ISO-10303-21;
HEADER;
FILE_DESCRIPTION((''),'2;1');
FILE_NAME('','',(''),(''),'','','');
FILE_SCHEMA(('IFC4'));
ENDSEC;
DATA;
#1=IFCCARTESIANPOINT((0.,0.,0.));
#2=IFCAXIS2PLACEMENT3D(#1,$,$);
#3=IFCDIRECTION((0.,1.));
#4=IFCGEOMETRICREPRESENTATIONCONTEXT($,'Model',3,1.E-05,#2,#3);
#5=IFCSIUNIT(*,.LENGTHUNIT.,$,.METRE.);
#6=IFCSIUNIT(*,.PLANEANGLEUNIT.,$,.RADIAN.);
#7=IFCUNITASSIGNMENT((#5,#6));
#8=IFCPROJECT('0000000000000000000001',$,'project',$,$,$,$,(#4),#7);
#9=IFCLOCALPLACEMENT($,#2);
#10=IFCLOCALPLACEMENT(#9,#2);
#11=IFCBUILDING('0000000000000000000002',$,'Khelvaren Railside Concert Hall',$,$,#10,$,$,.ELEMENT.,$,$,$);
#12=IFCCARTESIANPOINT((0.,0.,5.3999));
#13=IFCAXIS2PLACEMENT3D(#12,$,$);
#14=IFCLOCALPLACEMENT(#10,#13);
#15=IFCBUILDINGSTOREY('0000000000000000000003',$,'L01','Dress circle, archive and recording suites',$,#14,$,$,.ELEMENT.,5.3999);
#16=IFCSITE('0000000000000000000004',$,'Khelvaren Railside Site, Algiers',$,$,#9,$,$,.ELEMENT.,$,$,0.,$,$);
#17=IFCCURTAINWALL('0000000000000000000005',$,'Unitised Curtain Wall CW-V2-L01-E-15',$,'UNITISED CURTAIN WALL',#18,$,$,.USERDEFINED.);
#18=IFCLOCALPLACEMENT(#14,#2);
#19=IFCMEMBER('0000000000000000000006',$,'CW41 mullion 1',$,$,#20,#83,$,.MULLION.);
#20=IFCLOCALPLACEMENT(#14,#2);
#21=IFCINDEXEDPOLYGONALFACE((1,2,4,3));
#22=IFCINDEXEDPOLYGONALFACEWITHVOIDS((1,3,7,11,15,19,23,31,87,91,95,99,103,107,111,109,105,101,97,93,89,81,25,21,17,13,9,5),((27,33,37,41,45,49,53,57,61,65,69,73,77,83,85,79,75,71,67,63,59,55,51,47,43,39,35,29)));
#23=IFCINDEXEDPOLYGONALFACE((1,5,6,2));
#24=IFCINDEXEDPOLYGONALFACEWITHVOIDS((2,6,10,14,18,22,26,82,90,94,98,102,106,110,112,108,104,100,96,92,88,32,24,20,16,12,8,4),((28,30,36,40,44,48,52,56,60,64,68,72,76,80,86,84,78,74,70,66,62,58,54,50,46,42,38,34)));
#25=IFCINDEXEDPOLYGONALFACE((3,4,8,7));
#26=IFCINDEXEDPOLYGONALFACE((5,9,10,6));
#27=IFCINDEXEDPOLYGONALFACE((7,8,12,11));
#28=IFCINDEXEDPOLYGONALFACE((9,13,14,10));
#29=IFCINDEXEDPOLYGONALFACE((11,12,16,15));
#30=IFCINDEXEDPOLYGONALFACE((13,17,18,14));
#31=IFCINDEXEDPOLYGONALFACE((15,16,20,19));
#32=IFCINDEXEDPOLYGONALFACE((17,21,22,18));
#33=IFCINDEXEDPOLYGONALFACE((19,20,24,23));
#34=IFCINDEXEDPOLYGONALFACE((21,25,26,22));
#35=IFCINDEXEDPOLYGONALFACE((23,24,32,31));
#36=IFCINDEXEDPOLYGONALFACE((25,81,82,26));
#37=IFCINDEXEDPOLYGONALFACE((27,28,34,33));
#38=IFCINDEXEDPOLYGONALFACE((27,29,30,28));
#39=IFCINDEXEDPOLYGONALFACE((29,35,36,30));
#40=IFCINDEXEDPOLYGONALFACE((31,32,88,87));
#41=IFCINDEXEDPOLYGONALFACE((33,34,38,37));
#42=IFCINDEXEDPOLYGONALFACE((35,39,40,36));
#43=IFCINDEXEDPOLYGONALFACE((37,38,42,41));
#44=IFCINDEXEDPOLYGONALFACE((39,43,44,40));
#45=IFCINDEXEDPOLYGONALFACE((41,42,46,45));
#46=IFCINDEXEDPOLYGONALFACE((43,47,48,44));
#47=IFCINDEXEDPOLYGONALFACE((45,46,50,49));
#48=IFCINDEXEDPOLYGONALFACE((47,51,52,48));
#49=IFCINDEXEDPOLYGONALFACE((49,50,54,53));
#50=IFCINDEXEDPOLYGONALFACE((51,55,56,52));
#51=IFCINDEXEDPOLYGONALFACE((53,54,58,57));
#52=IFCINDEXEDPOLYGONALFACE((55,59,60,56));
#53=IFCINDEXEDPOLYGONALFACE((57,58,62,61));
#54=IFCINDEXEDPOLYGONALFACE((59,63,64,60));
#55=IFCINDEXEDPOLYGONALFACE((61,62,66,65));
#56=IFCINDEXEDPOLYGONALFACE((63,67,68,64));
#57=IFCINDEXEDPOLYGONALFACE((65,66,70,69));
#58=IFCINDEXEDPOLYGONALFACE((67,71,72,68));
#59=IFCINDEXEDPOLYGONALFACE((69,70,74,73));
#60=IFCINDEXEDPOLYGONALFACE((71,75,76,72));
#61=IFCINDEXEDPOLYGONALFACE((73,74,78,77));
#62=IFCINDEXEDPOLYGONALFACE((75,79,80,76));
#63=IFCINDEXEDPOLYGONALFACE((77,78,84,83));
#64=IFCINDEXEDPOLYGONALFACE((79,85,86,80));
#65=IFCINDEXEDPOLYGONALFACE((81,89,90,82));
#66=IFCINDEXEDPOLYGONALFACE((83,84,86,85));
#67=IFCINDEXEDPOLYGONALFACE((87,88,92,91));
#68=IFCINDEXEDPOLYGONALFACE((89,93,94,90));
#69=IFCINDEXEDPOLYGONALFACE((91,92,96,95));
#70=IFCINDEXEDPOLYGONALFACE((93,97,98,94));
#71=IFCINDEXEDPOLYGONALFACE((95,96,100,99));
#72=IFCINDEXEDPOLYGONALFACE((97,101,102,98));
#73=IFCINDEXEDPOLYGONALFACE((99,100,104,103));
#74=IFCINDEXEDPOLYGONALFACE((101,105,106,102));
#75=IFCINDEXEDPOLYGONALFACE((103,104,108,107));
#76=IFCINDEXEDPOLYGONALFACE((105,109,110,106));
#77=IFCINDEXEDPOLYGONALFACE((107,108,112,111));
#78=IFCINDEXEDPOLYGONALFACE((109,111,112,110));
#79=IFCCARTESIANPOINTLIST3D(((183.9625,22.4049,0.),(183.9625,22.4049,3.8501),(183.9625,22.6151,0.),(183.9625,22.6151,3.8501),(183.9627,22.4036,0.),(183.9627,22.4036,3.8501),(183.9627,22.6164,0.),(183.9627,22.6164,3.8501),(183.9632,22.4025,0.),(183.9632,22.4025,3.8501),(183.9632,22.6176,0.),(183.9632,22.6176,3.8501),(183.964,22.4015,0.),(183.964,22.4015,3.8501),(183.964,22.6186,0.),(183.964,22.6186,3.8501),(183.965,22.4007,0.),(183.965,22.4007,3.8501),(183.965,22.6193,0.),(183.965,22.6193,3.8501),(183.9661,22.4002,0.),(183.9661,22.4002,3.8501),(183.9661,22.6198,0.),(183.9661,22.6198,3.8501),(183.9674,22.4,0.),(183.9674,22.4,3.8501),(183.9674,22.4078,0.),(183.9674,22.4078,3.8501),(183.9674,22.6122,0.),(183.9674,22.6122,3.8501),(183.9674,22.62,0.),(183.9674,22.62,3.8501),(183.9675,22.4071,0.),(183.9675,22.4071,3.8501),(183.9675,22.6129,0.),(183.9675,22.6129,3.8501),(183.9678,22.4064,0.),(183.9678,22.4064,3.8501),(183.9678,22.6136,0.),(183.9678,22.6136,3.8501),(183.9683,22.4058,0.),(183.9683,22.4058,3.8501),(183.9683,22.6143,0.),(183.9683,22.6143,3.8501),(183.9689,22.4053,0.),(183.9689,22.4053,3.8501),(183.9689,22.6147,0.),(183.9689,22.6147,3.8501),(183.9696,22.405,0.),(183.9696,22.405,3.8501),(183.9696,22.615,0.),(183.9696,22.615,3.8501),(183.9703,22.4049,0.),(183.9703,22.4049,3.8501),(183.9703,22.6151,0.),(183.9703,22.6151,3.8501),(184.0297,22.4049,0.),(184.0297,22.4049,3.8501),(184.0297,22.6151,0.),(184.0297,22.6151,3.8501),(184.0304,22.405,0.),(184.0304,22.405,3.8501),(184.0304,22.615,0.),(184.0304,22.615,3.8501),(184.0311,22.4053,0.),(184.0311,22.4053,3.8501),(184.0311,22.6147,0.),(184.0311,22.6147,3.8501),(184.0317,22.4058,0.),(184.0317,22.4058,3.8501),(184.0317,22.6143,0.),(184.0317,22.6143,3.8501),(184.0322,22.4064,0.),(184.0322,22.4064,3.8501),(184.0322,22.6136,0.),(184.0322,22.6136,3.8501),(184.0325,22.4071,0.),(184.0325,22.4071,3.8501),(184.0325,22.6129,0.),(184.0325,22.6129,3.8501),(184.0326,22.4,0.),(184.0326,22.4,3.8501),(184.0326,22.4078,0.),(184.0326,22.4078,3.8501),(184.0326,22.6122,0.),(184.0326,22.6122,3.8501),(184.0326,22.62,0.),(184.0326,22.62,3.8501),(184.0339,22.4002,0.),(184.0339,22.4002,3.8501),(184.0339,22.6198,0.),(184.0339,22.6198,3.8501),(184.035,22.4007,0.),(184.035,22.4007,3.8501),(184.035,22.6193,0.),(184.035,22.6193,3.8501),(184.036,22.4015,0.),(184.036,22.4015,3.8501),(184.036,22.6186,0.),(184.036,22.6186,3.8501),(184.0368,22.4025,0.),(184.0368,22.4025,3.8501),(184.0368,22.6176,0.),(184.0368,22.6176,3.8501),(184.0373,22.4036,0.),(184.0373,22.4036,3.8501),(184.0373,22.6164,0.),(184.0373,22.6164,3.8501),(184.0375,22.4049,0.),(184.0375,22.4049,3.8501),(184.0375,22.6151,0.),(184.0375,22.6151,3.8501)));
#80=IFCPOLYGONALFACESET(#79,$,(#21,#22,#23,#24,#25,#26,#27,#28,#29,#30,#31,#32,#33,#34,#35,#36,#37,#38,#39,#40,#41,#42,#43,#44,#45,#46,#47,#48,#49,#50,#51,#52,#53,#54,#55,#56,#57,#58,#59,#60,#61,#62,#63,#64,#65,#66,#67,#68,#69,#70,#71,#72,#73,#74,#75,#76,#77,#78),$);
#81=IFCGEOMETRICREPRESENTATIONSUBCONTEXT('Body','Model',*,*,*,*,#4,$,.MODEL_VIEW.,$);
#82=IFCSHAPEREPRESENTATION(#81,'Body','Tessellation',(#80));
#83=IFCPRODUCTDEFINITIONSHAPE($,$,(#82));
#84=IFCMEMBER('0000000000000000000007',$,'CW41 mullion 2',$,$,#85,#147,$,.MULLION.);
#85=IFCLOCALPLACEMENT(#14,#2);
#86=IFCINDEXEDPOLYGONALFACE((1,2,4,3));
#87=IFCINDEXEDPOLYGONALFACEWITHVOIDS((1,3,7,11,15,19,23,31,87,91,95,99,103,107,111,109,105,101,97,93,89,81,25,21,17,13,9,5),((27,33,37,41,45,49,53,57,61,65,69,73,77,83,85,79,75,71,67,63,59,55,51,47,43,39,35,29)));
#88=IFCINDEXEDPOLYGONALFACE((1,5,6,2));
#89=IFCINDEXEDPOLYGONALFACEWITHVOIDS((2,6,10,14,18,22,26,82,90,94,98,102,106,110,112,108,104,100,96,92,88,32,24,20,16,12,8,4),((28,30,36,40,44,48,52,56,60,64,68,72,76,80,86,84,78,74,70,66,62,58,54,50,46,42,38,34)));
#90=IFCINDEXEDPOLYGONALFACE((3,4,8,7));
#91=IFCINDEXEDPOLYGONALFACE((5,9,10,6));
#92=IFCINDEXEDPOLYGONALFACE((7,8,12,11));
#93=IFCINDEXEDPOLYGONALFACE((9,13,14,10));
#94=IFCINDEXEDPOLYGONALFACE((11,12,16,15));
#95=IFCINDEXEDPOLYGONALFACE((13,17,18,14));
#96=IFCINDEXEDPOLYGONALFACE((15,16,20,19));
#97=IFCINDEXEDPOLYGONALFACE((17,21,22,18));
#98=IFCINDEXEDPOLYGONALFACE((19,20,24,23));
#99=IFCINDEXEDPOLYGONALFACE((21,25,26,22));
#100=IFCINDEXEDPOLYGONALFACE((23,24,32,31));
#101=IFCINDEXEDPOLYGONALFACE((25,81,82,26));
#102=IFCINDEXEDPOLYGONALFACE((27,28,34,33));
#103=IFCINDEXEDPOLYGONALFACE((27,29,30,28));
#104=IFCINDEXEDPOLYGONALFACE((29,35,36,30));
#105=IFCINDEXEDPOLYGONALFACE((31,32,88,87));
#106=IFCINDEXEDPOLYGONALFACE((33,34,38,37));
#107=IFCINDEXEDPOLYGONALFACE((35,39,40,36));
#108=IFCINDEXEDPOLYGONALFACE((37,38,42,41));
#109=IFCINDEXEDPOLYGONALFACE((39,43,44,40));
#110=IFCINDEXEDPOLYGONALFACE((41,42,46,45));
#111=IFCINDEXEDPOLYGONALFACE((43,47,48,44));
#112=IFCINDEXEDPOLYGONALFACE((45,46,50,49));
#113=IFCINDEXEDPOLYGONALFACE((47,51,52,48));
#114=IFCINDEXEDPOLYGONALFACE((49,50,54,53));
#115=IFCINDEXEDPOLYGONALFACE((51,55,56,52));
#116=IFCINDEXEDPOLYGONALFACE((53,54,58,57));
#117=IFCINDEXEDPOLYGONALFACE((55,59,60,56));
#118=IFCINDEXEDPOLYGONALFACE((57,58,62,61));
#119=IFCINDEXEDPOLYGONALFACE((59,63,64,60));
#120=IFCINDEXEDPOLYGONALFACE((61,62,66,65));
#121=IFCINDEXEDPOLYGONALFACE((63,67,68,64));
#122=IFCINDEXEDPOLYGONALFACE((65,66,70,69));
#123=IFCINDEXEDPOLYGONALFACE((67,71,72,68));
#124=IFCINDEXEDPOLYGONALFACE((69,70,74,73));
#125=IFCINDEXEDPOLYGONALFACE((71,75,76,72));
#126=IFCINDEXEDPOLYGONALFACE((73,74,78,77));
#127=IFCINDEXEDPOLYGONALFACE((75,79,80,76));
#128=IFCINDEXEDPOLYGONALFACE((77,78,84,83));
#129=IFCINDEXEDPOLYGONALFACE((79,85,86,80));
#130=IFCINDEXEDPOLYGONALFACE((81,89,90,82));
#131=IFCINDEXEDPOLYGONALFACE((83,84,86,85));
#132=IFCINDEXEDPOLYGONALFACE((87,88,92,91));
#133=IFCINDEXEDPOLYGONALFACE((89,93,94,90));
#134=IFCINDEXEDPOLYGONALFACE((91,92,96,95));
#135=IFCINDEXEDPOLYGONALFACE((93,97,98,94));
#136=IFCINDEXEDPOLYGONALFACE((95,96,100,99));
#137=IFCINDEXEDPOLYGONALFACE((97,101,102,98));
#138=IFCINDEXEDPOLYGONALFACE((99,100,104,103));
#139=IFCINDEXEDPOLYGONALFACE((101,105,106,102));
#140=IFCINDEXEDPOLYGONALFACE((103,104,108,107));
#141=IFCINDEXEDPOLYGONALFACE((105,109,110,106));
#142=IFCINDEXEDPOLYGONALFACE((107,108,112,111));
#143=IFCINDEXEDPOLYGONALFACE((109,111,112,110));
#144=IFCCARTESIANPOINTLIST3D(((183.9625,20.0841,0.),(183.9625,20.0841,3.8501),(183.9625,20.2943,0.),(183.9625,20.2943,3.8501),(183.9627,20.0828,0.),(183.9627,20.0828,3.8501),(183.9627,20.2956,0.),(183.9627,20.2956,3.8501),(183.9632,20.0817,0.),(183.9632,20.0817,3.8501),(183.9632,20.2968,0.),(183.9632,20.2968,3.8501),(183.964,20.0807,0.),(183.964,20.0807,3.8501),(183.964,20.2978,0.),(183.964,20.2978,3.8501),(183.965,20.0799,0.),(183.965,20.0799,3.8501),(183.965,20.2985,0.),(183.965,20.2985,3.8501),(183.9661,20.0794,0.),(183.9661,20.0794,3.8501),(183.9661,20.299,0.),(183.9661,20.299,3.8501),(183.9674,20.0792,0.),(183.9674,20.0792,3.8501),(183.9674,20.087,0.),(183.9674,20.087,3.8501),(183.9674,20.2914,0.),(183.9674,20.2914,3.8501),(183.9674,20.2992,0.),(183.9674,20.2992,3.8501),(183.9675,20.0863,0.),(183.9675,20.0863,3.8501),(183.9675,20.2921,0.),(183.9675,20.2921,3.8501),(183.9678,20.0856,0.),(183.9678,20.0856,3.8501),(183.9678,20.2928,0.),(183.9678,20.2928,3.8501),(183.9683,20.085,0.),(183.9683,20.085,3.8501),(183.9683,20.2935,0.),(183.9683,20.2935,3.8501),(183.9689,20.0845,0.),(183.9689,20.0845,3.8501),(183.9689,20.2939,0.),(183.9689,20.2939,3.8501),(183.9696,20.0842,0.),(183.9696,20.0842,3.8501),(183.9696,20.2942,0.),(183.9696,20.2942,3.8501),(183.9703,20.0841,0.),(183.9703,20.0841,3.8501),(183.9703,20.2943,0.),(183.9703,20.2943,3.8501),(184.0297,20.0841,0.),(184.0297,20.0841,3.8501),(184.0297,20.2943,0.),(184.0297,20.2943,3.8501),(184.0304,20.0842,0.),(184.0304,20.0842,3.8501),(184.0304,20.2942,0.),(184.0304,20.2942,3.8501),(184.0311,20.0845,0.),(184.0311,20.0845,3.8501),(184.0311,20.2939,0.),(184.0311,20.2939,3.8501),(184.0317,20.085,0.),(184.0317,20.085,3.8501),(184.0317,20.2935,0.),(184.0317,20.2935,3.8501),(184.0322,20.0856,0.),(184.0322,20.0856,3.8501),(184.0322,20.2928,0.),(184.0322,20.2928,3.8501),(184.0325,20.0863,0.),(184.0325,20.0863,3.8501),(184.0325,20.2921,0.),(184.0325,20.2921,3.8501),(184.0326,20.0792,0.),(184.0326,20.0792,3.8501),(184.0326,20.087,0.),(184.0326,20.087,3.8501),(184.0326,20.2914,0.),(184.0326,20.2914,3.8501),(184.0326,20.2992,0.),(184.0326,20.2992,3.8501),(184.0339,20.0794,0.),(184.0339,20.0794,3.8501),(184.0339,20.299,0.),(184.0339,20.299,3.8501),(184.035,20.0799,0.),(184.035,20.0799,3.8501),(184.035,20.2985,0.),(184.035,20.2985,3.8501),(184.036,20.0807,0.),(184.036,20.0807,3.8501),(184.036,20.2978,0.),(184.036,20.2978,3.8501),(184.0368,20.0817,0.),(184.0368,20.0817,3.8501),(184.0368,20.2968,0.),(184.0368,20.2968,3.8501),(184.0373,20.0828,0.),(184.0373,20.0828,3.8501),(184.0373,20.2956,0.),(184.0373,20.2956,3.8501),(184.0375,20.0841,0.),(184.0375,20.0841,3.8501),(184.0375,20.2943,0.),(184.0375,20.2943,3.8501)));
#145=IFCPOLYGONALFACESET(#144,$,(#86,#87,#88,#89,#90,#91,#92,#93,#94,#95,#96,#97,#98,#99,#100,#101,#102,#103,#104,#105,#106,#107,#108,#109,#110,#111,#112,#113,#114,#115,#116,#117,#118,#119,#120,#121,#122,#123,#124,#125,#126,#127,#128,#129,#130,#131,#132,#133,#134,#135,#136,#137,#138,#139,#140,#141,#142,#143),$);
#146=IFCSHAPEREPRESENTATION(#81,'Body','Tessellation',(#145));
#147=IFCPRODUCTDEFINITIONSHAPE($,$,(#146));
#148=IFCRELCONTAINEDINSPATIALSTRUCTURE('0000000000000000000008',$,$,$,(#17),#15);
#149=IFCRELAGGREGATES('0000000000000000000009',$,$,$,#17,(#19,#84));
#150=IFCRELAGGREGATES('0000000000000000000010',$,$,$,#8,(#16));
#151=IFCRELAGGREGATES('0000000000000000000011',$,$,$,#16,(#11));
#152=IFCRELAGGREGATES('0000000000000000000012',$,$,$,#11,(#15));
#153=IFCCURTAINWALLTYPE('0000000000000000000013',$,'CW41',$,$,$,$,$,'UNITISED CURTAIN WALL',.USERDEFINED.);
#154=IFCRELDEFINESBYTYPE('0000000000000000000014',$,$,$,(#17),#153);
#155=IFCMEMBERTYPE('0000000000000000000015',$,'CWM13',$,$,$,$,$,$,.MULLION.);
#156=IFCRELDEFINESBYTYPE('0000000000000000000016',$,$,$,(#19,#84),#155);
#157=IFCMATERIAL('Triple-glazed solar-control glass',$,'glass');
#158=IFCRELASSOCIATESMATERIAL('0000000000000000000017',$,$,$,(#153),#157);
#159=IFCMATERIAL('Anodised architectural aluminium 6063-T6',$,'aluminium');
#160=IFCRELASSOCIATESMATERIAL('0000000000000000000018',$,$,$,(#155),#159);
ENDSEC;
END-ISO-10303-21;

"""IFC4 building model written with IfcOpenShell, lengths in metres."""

from ifc_helpers import new_model, si_unit, direction, frame, origin, origin_2d, place, context, subcontext, project, spatial, hollow_rectangle, extrude, material, material_profile, profile_set, type_object, element, aggregate, save


model = new_model("IFC4")

# Units and contexts
model_context = context("Model", 3, precision=1e-05, world=origin(), true_north=direction((0.0, 1.0)))
body_context = subcontext(model_context, "Body", "Model", "MODEL_VIEW")
ifc_project = project(units=[si_unit("LENGTHUNIT", "METRE"), si_unit("PLANEANGLEUNIT", "RADIAN")], contexts=[model_context])

# Site, building, storey
site_placement = place(None, origin())
site = spatial("IfcSite", under=ifc_project, at=site_placement, Name="Khelvaren Railside Site, Algiers", CompositionType="ELEMENT", RefElevation=0.0)
building_placement = place(site_placement, origin())
building = spatial("IfcBuilding", under=site, at=building_placement, Name="Khelvaren Railside Concert Hall", CompositionType="ELEMENT")
storey_placement = place(building_placement, frame((0.0, 0.0, 5.3999)))
storey = spatial("IfcBuildingStorey", under=building, at=storey_placement, Name="L01", Description="Dress circle, archive and recording suites", CompositionType="ELEMENT", Elevation=5.3999)

# Curtain wall, members
ifc_material_1 = material(Name="Triple-glazed solar-control glass", Category="glass")
curtain_wall_type = type_object("IfcCurtainWallType", Name="CW41", ElementType="UNITISED CURTAIN WALL", PredefinedType="USERDEFINED", material=ifc_material_1)
curtain_wall_placement = place(storey_placement, origin())
curtain_wall = element("IfcCurtainWall", 1, at=curtain_wall_placement, inside=storey, type_object=curtain_wall_type, Name="Unitised Curtain Wall CW-V2-L01-E-15", ObjectType="UNITISED CURTAIN WALL", PredefinedType="USERDEFINED")
ifc_material_2 = material(Name="Anodised architectural aluminium 6063-T6", Category="aluminium")
ifc_material_profile_1 = material_profile(ifc_material_2, hollow_rectangle(XDim=0.075, YDim=0.22, WallThickness=0.0049, InnerFilletRadius=0.0029, OuterFilletRadius=0.0049, at=origin_2d()), Name="CWM 75x220x5")
ifc_profile_set_1 = profile_set([ifc_material_profile_1], Name="Anodised architectural aluminium 6063-T6")
member_type_1 = type_object("IfcMemberType", Name="CWM13", PredefinedType="MULLION", material=ifc_profile_set_1)
member_1_placement = place(storey_placement, frame((184.0, 22.51, 0.0), z_axis=(0.0, 0.0, 1.0), x_axis=(1.0, 0.0, 0.0)))
member_1 = element("IfcMember", 2, at=member_1_placement, type_object=member_type_1, Name="CW41 mullion 1", PredefinedType="MULLION", context=body_context, shape_type="SweptSolid", body=[
    extrude(hollow_rectangle(XDim=0.075, YDim=0.22, WallThickness=0.0049, InnerFilletRadius=0.0029, OuterFilletRadius=0.0049, at=origin_2d()), origin(), (0.0, 0.0, 1.0), 3.8501),
])
member_2_placement = place(storey_placement, frame((184.0, 20.1892, 0.0), z_axis=(0.0, 0.0, 1.0), x_axis=(1.0, 0.0, 0.0)))
member_2 = element("IfcMember", 3, at=member_2_placement, type_object=member_type_1, Name="CW41 mullion 2", PredefinedType="MULLION", context=body_context, shape_type="SweptSolid", body=[
    extrude(hollow_rectangle(XDim=0.075, YDim=0.22, WallThickness=0.0049, InnerFilletRadius=0.0029, OuterFilletRadius=0.0049, at=origin_2d()), origin(), (0.0, 0.0, 1.0), 3.8501),
])

aggregate(curtain_wall, [member_1, member_2])

save(model, "model.ifc")
